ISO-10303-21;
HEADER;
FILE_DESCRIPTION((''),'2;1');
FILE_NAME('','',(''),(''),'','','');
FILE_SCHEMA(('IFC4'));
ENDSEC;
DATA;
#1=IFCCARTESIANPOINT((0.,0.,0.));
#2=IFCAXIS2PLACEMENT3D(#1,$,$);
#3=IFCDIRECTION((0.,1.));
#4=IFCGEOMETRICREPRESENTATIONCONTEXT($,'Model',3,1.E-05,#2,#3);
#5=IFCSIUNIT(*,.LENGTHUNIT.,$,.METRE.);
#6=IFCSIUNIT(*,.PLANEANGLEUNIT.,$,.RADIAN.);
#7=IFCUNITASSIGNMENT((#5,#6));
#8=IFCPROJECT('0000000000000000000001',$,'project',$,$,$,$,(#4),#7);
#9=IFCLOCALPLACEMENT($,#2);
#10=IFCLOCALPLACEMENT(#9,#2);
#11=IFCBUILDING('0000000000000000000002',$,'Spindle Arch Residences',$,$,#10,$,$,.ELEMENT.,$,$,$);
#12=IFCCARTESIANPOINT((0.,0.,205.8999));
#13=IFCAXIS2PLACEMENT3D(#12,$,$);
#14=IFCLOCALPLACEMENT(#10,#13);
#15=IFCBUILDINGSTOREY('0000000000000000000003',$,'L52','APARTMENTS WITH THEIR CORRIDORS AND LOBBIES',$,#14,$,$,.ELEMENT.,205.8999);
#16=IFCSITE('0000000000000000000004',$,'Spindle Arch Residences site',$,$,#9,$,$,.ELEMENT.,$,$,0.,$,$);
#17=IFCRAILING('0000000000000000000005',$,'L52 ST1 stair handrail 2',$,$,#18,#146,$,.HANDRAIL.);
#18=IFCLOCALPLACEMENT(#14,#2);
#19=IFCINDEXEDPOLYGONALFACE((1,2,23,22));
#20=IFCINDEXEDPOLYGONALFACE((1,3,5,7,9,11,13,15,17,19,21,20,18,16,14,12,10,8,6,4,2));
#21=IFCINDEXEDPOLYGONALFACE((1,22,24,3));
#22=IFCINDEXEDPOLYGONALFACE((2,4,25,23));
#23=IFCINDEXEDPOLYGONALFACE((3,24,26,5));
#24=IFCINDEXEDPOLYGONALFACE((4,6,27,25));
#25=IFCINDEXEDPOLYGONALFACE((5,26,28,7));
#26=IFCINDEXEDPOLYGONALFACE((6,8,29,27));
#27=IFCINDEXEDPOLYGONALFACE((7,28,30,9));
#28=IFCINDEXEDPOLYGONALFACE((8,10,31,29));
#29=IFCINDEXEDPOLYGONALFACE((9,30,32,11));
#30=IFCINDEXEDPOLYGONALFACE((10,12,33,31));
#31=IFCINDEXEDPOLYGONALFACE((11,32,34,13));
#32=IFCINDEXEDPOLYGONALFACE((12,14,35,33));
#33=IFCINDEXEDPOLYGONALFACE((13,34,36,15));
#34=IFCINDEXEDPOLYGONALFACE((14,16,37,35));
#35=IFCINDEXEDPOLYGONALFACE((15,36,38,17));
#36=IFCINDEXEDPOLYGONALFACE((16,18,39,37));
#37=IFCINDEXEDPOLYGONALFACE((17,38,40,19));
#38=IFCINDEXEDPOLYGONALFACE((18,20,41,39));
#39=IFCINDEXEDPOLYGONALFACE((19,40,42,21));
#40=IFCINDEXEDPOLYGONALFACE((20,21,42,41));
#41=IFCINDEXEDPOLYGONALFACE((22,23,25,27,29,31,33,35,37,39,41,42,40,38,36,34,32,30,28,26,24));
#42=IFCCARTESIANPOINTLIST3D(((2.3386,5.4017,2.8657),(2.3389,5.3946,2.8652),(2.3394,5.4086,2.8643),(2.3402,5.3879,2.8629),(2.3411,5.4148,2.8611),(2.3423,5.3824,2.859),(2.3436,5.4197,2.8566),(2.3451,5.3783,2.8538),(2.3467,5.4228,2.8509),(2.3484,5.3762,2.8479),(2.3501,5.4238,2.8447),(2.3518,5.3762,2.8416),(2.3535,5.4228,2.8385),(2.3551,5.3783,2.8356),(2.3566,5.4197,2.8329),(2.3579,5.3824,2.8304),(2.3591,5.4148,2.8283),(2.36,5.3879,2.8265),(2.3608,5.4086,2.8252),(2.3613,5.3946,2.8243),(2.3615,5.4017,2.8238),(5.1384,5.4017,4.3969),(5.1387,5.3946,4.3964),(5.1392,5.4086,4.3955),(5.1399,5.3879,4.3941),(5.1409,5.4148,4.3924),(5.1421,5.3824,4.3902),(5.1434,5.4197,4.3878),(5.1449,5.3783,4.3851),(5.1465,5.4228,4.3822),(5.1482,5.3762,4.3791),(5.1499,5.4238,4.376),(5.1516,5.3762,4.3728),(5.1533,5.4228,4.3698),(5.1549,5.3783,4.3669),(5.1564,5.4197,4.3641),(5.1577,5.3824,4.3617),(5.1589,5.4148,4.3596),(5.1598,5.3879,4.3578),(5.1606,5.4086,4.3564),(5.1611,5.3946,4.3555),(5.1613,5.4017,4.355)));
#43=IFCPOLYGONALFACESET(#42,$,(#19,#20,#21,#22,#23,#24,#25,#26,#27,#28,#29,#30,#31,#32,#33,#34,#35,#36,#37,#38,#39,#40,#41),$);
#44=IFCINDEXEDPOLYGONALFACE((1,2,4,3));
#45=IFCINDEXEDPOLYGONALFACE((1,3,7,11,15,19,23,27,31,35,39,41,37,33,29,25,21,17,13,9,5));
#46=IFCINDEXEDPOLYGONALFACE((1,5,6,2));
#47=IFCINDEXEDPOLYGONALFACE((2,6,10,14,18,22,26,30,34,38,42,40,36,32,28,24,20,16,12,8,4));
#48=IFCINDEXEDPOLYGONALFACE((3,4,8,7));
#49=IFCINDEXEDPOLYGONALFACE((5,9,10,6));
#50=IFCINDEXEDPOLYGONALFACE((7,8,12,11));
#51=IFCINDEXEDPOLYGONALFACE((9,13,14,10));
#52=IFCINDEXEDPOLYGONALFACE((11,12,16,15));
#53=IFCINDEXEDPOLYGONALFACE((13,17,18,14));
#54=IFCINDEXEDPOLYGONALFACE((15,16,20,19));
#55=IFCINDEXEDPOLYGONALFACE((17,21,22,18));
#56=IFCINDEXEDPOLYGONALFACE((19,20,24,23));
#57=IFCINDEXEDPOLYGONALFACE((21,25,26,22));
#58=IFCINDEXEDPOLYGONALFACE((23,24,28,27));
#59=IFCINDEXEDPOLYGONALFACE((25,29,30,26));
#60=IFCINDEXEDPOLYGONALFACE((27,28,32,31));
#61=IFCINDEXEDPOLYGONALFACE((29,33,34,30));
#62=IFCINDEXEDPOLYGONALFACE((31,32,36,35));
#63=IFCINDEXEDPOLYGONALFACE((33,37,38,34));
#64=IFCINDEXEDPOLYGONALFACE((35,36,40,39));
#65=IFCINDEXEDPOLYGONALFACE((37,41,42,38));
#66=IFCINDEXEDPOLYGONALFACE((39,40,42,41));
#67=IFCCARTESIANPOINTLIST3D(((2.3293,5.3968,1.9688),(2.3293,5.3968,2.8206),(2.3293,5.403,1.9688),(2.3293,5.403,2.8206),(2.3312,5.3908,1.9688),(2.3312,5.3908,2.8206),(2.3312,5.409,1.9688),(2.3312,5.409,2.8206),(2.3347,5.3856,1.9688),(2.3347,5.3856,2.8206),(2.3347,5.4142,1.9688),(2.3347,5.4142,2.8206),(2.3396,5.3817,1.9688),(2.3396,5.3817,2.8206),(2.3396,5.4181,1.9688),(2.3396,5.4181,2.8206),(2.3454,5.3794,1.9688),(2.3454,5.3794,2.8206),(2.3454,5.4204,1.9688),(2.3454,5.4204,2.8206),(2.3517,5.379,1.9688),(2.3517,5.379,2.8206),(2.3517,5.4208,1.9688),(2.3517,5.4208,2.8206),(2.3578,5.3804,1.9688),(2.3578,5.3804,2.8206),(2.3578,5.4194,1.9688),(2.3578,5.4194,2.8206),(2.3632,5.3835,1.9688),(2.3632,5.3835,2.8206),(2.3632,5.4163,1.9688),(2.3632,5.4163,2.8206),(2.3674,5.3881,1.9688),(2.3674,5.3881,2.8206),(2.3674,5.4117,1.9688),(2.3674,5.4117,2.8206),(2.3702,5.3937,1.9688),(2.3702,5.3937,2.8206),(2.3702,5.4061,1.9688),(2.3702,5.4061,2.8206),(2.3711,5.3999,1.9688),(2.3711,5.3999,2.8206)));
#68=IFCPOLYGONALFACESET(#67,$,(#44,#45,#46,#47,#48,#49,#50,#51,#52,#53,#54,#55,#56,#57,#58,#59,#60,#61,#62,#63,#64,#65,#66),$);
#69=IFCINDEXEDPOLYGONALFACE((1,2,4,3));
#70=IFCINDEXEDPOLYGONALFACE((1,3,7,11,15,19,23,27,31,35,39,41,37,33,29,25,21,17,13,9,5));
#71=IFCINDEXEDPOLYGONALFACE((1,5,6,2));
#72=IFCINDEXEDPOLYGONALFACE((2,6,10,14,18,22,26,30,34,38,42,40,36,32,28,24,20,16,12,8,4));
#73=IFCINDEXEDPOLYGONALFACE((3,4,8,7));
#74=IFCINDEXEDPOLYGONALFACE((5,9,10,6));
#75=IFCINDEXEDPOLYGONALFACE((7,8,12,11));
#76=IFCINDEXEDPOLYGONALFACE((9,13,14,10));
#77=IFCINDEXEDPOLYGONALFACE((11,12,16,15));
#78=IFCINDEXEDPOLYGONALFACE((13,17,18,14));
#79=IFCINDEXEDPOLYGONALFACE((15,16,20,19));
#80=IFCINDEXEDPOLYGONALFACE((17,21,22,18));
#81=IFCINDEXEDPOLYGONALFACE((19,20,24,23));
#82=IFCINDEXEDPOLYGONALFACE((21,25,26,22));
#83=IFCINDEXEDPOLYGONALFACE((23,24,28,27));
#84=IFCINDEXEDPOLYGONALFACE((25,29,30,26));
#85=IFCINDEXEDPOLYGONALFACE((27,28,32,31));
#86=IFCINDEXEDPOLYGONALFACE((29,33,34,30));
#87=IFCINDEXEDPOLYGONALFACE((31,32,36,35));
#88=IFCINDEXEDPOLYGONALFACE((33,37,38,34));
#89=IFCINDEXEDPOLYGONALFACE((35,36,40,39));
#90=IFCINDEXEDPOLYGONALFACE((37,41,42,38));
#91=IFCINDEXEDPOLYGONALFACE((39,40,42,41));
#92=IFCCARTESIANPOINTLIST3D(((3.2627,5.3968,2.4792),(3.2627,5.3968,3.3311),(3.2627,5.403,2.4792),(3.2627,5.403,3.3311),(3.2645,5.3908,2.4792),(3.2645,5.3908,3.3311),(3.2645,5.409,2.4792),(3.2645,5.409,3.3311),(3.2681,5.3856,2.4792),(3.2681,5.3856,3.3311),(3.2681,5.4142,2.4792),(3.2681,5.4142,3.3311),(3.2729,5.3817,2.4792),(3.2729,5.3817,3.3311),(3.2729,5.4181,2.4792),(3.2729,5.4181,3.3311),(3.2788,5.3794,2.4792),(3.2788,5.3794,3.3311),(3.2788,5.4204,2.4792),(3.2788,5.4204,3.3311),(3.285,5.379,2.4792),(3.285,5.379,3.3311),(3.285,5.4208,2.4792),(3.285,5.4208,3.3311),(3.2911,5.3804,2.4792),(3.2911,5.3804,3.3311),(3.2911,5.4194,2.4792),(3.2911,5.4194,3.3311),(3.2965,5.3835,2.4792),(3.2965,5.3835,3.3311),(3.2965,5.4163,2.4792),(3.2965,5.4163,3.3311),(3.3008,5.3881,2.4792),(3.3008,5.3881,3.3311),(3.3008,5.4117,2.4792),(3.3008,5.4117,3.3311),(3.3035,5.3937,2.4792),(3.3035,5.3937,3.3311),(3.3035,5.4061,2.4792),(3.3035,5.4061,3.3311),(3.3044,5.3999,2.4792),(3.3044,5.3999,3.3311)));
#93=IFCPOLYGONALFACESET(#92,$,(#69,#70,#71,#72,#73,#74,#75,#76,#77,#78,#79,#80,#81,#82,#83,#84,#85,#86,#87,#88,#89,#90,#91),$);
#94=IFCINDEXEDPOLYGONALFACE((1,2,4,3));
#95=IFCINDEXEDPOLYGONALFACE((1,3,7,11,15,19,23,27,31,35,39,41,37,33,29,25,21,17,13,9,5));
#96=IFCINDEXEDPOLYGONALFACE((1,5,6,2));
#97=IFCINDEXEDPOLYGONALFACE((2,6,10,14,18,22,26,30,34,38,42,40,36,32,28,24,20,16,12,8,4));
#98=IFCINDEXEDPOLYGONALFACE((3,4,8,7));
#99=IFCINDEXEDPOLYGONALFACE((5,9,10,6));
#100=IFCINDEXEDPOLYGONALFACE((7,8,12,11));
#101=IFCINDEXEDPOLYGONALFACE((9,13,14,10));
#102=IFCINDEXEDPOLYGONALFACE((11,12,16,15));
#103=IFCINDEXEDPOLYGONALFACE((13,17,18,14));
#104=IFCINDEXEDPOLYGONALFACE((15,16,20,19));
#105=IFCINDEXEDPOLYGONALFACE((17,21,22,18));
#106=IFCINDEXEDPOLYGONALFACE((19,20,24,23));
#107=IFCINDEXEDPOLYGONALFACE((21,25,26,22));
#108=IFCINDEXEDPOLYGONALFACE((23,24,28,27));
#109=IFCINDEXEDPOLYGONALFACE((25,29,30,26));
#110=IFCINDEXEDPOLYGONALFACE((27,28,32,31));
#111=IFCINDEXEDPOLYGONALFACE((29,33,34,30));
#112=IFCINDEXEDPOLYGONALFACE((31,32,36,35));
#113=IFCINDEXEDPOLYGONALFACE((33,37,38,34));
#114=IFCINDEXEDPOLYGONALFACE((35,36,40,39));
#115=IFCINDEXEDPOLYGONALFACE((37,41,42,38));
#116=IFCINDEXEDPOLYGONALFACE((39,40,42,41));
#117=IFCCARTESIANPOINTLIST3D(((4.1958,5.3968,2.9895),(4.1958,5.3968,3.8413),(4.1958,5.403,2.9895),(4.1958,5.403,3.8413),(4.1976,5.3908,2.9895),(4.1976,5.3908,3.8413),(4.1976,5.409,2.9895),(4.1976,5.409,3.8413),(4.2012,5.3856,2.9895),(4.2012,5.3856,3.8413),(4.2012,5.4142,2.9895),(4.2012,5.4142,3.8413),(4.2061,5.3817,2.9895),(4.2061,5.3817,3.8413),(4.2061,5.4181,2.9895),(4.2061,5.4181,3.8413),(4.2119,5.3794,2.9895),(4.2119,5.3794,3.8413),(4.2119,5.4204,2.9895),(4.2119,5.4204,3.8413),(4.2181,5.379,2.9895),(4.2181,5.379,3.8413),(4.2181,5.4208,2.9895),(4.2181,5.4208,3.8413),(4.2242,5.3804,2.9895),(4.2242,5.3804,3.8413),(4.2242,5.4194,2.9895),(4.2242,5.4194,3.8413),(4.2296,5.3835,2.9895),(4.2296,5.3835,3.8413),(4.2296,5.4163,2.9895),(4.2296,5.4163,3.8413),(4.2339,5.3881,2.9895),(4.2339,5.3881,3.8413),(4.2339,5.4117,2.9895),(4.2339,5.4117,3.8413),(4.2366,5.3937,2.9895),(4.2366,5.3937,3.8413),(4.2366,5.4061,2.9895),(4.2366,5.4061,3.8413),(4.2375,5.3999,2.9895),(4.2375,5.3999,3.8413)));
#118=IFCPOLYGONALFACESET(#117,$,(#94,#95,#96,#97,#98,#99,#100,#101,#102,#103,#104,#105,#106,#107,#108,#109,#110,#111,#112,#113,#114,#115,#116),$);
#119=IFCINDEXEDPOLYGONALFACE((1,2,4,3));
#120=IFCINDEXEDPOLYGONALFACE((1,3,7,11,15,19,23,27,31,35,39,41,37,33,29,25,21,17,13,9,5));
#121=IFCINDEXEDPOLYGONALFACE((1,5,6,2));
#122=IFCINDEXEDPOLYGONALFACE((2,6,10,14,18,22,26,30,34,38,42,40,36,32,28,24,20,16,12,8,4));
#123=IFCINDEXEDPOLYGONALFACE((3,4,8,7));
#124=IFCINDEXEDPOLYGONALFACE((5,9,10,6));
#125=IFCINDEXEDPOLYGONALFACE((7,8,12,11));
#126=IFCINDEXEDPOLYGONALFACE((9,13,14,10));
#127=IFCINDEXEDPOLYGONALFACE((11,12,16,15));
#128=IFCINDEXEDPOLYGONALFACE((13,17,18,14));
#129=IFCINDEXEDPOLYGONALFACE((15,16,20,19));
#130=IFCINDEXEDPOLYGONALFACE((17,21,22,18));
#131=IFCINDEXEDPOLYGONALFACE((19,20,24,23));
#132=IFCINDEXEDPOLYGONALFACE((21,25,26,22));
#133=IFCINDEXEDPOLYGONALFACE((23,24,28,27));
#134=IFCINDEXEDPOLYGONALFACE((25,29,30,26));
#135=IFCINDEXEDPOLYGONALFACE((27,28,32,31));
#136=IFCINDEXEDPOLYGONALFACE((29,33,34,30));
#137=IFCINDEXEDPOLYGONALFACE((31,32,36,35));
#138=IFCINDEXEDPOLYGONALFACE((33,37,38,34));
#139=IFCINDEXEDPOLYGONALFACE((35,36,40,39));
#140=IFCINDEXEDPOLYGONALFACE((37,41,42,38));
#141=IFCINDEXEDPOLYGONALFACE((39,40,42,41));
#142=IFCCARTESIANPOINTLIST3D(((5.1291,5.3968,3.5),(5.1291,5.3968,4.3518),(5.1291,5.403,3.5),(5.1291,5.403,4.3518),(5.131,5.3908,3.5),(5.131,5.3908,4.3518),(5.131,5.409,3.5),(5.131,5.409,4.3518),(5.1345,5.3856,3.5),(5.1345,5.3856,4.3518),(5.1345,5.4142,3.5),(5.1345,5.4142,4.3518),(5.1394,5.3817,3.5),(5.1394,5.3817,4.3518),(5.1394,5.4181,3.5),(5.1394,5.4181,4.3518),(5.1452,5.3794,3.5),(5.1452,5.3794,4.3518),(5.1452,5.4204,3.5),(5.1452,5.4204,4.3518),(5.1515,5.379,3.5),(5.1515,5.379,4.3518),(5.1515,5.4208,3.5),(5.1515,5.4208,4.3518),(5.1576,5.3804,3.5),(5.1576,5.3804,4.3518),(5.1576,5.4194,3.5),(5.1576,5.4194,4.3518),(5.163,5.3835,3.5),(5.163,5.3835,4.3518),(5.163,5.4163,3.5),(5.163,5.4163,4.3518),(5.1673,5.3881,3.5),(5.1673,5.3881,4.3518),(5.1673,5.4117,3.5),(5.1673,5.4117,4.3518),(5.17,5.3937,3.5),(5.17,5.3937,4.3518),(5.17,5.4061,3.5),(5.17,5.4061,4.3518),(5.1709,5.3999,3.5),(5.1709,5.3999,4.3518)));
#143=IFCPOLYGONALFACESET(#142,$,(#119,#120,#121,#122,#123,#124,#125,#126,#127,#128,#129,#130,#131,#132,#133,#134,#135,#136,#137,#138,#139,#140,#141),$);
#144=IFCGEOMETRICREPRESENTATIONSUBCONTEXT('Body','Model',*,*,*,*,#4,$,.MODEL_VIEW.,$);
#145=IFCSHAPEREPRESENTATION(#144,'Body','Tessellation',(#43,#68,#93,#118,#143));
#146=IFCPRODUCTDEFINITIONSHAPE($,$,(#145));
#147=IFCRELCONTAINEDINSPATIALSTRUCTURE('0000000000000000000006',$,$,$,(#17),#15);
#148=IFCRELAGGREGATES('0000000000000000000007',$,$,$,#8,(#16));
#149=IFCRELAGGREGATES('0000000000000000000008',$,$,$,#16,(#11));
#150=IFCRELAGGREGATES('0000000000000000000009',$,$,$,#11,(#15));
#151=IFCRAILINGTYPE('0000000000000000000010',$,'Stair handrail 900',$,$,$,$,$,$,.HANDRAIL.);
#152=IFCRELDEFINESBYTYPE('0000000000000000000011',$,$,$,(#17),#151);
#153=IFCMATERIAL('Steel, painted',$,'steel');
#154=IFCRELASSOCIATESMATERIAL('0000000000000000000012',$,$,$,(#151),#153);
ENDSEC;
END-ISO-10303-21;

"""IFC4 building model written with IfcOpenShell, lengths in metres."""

from ifc_helpers import new_model, si_unit, direction, frame, origin, origin_2d, place, context, subcontext, project, spatial, circle, extrude, material, type_object, element, save


model = new_model("IFC4")

# Units and contexts
model_context = context("Model", 3, precision=1e-05, world=origin(), true_north=direction((0.0, 1.0)))
body_context = subcontext(model_context, "Body", "Model", "MODEL_VIEW")
ifc_project = project(units=[si_unit("LENGTHUNIT", "METRE"), si_unit("PLANEANGLEUNIT", "RADIAN")], contexts=[model_context])

# Site, building, storey
site_placement = place(None, origin())
site = spatial("IfcSite", under=ifc_project, at=site_placement, Name="Spindle Arch Residences site", CompositionType="ELEMENT", RefElevation=0.0)
building_placement = place(site_placement, origin())
building = spatial("IfcBuilding", under=site, at=building_placement, Name="Spindle Arch Residences", CompositionType="ELEMENT")
storey_placement = place(building_placement, frame((0.0, 0.0, 205.8999)))
storey = spatial("IfcBuildingStorey", under=building, at=storey_placement, Name="L52", Description="APARTMENTS WITH THEIR CORRIDORS AND LOBBIES", CompositionType="ELEMENT", Elevation=205.8999)

# Railing
ifc_material_1 = material(Name="Steel, painted", Category="steel")
railing_type_1 = type_object("IfcRailingType", Name="Stair handrail 900", PredefinedType="HANDRAIL", material=ifc_material_1)
railing_1_placement = place(storey_placement, frame((2.3501, 5.3999, 1.9688)))
element("IfcRailing", 1, at=railing_1_placement, inside=storey, type_object=railing_type_1, Name="L52 ST1 stair handrail 2", PredefinedType="HANDRAIL", context=body_context, shape_type="SweptSolid", body=[
    extrude(circle(Radius=0.0239, at=origin_2d()), frame((0.0, 0.0, 0.876), z_axis=(0.877357, 0.0, 0.479838), x_axis=(0.0, 1.0, 0.0)), (0.0, 0.0, 1.0), 3.1912),
    extrude(circle(Radius=0.021, at=origin_2d()), origin(), (0.0, 0.0, 1.0), 0.8518),
    extrude(circle(Radius=0.021, at=origin_2d()), frame((0.9333, 0.0, 0.5105)), (0.0, 0.0, 1.0), 0.8518),
    extrude(circle(Radius=0.021, at=origin_2d()), frame((1.8665, 0.0, 1.0208)), (0.0, 0.0, 1.0), 0.8518),
    extrude(circle(Radius=0.021, at=origin_2d()), frame((2.7998, 0.0, 1.5312)), (0.0, 0.0, 1.0), 0.8518),
])

save(model, "model.ifc")
